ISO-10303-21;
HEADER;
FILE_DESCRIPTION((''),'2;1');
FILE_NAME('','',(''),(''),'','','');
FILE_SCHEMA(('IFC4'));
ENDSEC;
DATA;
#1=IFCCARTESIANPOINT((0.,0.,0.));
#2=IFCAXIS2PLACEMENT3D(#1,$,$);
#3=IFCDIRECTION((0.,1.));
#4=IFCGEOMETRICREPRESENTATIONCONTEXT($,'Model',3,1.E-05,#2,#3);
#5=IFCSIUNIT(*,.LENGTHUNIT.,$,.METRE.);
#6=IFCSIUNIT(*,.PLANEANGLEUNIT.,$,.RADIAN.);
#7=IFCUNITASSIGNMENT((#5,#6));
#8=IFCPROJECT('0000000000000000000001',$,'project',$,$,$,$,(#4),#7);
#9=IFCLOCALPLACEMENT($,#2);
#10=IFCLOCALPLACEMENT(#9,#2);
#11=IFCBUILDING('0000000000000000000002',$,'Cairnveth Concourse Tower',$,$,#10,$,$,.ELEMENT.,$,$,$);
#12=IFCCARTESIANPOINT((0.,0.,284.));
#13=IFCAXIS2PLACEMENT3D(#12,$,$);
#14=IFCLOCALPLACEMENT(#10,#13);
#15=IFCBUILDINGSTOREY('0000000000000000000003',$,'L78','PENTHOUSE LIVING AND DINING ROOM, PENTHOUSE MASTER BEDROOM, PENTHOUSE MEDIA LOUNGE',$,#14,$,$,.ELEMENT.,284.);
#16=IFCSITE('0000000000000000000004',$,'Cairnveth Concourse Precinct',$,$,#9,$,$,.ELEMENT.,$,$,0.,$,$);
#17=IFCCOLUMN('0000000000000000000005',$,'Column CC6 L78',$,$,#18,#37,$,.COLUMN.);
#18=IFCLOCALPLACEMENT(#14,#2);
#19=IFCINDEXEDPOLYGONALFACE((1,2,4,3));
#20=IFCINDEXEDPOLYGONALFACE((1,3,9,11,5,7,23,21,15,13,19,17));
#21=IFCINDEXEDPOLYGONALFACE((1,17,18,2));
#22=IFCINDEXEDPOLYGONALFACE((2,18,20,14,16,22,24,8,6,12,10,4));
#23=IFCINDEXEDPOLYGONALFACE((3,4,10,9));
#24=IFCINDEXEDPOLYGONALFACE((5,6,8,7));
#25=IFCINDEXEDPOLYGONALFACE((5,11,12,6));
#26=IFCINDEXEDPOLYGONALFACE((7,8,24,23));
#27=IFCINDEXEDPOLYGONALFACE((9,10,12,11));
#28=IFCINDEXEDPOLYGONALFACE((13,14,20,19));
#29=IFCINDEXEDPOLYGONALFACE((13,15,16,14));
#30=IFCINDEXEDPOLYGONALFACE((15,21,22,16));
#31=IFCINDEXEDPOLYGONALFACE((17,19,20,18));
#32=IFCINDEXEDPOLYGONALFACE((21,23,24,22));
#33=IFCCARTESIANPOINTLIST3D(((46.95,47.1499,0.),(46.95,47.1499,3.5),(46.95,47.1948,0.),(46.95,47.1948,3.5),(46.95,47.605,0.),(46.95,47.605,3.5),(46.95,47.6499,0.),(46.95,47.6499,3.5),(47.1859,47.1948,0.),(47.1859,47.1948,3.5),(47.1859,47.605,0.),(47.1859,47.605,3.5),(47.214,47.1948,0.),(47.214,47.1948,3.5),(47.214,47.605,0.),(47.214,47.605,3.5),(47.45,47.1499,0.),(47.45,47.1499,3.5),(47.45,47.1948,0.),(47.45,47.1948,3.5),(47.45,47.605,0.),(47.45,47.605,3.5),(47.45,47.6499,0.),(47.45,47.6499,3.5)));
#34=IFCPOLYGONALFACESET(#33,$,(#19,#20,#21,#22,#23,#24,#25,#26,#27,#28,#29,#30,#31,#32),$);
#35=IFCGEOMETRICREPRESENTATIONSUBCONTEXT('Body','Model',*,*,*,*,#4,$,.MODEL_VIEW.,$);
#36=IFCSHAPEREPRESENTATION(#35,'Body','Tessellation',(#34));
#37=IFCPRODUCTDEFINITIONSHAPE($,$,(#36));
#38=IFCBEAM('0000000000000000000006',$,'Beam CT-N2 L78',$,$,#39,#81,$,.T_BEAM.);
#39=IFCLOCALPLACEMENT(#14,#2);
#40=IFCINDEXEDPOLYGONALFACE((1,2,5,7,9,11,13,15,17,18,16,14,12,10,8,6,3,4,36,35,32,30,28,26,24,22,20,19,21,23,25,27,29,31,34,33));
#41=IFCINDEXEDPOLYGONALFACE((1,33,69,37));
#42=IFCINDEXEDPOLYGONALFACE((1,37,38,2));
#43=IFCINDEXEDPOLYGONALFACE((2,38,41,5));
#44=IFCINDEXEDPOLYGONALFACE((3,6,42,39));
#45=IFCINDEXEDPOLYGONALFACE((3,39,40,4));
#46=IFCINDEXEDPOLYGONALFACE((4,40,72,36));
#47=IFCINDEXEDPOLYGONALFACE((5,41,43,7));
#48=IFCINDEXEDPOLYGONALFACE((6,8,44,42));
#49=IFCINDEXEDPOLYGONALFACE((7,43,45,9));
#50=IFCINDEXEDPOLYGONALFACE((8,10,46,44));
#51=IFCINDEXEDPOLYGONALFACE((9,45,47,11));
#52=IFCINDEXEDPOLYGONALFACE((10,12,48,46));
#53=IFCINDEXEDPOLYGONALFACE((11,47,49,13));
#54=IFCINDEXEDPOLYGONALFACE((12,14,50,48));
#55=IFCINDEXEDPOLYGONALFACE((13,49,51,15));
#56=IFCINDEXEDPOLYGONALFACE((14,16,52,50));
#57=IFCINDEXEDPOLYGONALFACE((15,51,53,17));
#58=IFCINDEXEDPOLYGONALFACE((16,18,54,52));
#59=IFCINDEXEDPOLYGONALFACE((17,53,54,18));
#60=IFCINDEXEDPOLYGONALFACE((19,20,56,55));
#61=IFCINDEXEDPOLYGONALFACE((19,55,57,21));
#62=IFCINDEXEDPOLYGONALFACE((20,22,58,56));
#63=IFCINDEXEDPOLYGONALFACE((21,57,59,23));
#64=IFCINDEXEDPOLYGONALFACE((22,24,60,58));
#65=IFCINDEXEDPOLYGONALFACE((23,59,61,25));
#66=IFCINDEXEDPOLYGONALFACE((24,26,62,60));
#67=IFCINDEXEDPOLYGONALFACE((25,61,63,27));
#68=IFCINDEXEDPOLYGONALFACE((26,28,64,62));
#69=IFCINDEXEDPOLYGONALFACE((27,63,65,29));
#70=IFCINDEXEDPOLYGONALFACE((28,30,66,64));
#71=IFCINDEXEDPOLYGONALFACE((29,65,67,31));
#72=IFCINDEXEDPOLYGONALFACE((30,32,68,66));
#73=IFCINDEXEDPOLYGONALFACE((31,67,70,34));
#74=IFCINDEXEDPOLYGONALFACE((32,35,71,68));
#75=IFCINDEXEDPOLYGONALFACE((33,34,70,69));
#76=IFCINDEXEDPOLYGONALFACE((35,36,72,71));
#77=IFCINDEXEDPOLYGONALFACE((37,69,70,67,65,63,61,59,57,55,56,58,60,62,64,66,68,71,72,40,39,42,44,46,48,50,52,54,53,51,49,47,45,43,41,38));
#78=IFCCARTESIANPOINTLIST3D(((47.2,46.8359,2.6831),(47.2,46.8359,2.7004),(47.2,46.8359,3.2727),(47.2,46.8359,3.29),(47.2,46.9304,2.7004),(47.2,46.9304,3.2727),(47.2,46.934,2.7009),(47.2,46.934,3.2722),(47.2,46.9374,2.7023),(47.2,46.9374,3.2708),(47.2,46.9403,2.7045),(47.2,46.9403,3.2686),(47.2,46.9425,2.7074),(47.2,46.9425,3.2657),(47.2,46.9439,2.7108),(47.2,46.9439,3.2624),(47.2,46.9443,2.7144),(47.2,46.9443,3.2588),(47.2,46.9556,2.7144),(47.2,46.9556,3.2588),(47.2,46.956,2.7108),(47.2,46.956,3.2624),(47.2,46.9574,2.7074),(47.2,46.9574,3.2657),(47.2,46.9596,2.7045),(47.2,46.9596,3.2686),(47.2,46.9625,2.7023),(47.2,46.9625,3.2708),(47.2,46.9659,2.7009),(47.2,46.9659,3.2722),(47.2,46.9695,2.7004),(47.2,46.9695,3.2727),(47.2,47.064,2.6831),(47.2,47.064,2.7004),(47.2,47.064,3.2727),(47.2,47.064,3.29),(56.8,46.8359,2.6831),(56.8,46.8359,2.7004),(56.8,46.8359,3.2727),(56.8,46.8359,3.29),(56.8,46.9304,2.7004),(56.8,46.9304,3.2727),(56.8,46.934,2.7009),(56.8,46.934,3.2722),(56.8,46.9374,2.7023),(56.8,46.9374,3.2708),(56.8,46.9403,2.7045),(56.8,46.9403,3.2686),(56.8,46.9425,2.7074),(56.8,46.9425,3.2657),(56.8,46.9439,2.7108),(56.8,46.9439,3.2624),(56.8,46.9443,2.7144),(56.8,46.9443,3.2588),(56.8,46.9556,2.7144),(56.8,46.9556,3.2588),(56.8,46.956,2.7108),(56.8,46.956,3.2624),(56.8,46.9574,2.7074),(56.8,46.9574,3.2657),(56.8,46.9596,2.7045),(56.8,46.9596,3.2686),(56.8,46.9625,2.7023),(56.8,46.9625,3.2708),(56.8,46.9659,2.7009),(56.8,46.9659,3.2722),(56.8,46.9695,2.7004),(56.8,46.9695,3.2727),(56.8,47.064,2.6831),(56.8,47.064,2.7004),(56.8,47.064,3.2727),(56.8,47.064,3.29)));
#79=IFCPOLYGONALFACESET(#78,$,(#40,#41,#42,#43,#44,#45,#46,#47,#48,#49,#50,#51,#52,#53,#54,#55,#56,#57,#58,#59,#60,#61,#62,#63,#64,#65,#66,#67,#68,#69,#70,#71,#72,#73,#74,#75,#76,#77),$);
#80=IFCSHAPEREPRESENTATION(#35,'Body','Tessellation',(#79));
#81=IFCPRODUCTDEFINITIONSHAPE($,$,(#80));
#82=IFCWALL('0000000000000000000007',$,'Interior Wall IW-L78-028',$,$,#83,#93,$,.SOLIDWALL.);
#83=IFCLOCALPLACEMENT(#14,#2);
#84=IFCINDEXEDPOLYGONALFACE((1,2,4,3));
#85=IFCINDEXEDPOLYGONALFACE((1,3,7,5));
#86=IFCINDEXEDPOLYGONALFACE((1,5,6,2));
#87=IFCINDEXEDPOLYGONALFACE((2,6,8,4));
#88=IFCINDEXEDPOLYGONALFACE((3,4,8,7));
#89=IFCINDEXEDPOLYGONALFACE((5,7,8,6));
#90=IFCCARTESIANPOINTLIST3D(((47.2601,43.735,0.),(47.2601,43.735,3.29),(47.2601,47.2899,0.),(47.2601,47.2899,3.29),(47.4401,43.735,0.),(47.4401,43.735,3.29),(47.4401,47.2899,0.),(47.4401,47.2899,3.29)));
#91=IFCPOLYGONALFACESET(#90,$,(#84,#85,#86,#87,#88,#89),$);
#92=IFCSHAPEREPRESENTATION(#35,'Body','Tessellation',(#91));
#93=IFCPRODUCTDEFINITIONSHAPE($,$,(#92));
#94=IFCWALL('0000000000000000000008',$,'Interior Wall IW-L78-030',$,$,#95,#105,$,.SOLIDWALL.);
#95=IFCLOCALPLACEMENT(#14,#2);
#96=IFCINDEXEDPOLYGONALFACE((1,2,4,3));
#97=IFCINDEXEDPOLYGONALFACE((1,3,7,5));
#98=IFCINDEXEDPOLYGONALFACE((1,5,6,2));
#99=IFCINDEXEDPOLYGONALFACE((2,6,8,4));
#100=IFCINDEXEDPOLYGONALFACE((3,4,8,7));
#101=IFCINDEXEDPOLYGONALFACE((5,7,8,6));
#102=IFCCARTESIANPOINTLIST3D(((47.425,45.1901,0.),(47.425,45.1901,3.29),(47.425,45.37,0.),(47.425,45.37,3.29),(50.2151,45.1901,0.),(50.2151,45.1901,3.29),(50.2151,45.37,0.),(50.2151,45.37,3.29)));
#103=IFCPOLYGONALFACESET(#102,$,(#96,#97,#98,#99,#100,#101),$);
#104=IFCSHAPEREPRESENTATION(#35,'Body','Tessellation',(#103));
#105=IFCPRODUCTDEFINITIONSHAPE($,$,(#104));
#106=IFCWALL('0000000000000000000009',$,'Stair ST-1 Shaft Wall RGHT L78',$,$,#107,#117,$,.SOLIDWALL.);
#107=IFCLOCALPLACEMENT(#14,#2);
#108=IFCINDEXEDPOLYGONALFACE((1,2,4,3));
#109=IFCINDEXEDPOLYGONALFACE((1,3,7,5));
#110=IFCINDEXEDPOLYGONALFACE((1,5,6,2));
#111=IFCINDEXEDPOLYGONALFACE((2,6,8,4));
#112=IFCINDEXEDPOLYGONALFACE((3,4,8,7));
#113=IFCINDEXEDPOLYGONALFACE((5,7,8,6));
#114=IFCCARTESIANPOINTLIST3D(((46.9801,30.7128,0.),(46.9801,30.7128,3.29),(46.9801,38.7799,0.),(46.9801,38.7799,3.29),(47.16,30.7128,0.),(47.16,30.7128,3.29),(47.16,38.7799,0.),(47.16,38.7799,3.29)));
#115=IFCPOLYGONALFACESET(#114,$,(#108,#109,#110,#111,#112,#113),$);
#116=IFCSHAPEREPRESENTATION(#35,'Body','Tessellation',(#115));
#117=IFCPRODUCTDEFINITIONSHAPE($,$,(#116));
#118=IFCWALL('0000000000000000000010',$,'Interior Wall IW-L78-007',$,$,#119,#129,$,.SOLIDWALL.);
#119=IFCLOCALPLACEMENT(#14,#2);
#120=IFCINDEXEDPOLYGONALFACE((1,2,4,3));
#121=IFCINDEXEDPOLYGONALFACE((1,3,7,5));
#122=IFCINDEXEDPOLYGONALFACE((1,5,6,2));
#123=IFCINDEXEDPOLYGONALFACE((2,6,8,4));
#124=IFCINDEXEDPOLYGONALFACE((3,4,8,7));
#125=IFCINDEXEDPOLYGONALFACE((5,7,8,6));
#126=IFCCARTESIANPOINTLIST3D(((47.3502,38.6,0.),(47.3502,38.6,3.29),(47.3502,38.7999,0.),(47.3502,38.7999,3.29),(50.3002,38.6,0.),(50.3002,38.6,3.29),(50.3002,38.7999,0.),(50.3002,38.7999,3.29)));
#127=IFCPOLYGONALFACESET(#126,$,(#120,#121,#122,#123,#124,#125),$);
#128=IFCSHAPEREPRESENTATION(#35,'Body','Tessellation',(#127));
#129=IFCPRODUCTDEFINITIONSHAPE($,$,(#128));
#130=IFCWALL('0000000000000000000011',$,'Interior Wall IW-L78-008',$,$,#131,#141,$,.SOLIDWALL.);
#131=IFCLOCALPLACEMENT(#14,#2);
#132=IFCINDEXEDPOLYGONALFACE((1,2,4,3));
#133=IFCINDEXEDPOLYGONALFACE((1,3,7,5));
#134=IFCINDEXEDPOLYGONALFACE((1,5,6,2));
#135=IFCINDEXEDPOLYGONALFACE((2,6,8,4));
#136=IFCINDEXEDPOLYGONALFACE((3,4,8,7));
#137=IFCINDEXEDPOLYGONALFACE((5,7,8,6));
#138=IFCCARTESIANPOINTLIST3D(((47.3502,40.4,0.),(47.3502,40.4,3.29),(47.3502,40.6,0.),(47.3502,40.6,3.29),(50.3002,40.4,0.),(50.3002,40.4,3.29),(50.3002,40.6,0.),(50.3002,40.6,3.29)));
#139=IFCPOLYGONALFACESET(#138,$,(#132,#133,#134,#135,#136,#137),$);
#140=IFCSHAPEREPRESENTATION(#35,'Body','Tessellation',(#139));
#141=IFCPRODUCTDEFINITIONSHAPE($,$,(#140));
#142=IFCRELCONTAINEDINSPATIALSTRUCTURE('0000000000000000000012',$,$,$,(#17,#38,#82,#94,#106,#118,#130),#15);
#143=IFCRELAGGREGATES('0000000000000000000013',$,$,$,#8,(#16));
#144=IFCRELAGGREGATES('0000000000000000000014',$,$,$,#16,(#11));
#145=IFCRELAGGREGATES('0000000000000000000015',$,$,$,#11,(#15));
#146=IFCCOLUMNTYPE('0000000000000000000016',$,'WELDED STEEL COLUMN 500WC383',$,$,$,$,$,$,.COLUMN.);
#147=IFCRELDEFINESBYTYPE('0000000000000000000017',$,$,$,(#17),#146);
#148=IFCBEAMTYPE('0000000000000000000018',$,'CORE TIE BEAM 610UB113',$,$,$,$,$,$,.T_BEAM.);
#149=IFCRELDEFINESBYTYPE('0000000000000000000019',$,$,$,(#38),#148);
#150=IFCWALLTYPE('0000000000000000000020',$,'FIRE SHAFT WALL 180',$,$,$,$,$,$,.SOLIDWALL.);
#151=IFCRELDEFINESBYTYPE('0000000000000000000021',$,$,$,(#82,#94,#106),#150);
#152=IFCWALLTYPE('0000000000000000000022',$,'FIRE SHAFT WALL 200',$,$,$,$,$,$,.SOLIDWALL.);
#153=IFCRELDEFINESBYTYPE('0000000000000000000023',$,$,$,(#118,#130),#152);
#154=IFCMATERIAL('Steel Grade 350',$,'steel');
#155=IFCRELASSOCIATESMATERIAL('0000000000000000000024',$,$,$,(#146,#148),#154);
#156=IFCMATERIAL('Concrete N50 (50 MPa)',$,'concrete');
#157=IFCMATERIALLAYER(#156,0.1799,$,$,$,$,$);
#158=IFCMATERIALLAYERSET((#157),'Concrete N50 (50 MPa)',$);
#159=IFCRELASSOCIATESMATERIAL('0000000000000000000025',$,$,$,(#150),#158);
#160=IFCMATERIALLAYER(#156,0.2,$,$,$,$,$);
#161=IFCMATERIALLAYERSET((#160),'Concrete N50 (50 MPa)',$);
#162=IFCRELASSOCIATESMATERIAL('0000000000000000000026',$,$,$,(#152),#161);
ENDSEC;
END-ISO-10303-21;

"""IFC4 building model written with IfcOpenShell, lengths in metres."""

from ifc_helpers import new_model, si_unit, direction, frame, frame_2d, origin, origin_2d, place, context, subcontext, project, spatial, rectangle, i_section, extrude, material, layer, layer_set, material_profile, profile_set, type_object, element, save


model = new_model("IFC4")

# Units and contexts
model_context = context("Model", 3, precision=1e-05, world=origin(), true_north=direction((0.0, 1.0)))
body_context = subcontext(model_context, "Body", "Model", "MODEL_VIEW")
ifc_project = project(units=[si_unit("LENGTHUNIT", "METRE"), si_unit("PLANEANGLEUNIT", "RADIAN")], contexts=[model_context])

# Site, building, storey
site_placement = place(None, origin())
site = spatial("IfcSite", under=ifc_project, at=site_placement, Name="Cairnveth Concourse Precinct", CompositionType="ELEMENT", RefElevation=0.0)
building_placement = place(site_placement, origin())
building = spatial("IfcBuilding", under=site, at=building_placement, Name="Cairnveth Concourse Tower", CompositionType="ELEMENT")
storey_placement = place(building_placement, frame((0.0, 0.0, 284.0)))
storey = spatial("IfcBuildingStorey", under=building, at=storey_placement, Name="L78", Description="PENTHOUSE LIVING AND DINING ROOM, PENTHOUSE MASTER BEDROOM, PENTHOUSE MEDIA LOUNGE", CompositionType="ELEMENT", Elevation=284.0)

# Column
ifc_material_1 = material(Name="Steel Grade 350", Category="steel")
ifc_material_profile_1 = material_profile(ifc_material_1, i_section(OverallWidth=0.5, OverallDepth=0.5, WebThickness=0.0281, FlangeThickness=0.0449, at=origin_2d()), Name="500WC383")
ifc_profile_set_1 = profile_set([ifc_material_profile_1], Name="Steel Grade 350")
column_type = type_object("IfcColumnType", Name="WELDED STEEL COLUMN 500WC383", PredefinedType="COLUMN", material=ifc_profile_set_1)
column_placement = place(storey_placement, frame((47.2, 47.3999, 0.0), z_axis=(0.0, 0.0, 1.0), x_axis=(1.0, 0.0, 0.0)))
element("IfcColumn", 1, at=column_placement, inside=storey, type_object=column_type, Name="Column CC6 L78", PredefinedType="COLUMN", context=body_context, shape_type="SweptSolid", body=[
    extrude(i_section(OverallWidth=0.5, OverallDepth=0.5, WebThickness=0.0281, FlangeThickness=0.0449, at=origin_2d()), origin(), (0.0, 0.0, 1.0), 3.5),
])

# Beam
ifc_material_profile_2 = material_profile(ifc_material_1, i_section(OverallWidth=0.228, OverallDepth=0.6069, WebThickness=0.0112, FlangeThickness=0.0173, FilletRadius=0.0139, at=origin_2d()), Name="610UB113")
ifc_profile_set_2 = profile_set([ifc_material_profile_2], Name="Steel Grade 350")
beam_type = type_object("IfcBeamType", Name="CORE TIE BEAM 610UB113", PredefinedType="T_BEAM", material=ifc_profile_set_2)
beam_placement = place(storey_placement, frame((47.2, 46.95, 2.9866), z_axis=(1.0, 0.0, 0.0), x_axis=(0.0, 1.0, 0.0)))
element("IfcBeam", 2, at=beam_placement, inside=storey, type_object=beam_type, Name="Beam CT-N2 L78", PredefinedType="T_BEAM", context=body_context, shape_type="SweptSolid", body=[
    extrude(i_section(OverallWidth=0.228, OverallDepth=0.6069, WebThickness=0.0112, FlangeThickness=0.0173, FilletRadius=0.0139, at=origin_2d()), origin(), (0.0, 0.0, 1.0), 9.6001),
])

# Walls
ifc_material_2 = material(Name="Concrete N50 (50 MPa)", Category="concrete")
ifc_layer_1 = layer(ifc_material_2, 0.1799)
ifc_layer_set_1 = layer_set([ifc_layer_1], Name="Concrete N50 (50 MPa)")
wall_type_1 = type_object("IfcWallType", Name="FIRE SHAFT WALL 180", PredefinedType="SOLIDWALL", material=ifc_layer_set_1)
wall_1_placement = place(storey_placement, frame((47.3501, 43.7351, 0.0), z_axis=(0.0, 0.0, 1.0), x_axis=(0.0, 1.0, 0.0)))
element("IfcWall", 3, at=wall_1_placement, inside=storey, type_object=wall_type_1, Name="Interior Wall IW-L78-028", PredefinedType="SOLIDWALL", context=body_context, shape_type="SweptSolid", body=[
    extrude(rectangle(XDim=3.5549, YDim=0.1799, at=frame_2d((1.7773, 0.0))), origin(), (0.0, 0.0, 1.0), 3.29),
])
wall_2_placement = place(storey_placement, frame((47.425, 45.28, 0.0), z_axis=(0.0, 0.0, 1.0), x_axis=(1.0, 0.0, 0.0)))
element("IfcWall", 4, at=wall_2_placement, inside=storey, type_object=wall_type_1, Name="Interior Wall IW-L78-030", PredefinedType="SOLIDWALL", context=body_context, shape_type="SweptSolid", body=[
    extrude(rectangle(XDim=2.79, YDim=0.1799, at=frame_2d((1.395, 0.0))), origin(), (0.0, 0.0, 1.0), 3.29),
])

# Walls
wall_3_placement = place(storey_placement, frame((47.0701, 38.78, 0.0), z_axis=(0.0, 0.0, 1.0), x_axis=(0.0, -1.0, 0.0)))
element("IfcWall", 5, at=wall_3_placement, inside=storey, type_object=wall_type_1, Name="Stair ST-1 Shaft Wall RGHT L78", PredefinedType="SOLIDWALL", context=body_context, shape_type="SweptSolid", body=[
    extrude(rectangle(XDim=8.0671, YDim=0.1799, at=frame_2d((4.0337, 0.0))), origin(), (0.0, 0.0, 1.0), 3.29),
])
ifc_layer_2 = layer(ifc_material_2, 0.2)
ifc_layer_set_2 = layer_set([ifc_layer_2], Name="Concrete N50 (50 MPa)")
wall_type_2 = type_object("IfcWallType", Name="FIRE SHAFT WALL 200", PredefinedType="SOLIDWALL", material=ifc_layer_set_2)
for number, where, z_axis, x_axis, name in (
    (6, (47.3501, 38.7, 0.0), (0.0, 0.0, 1.0), (1.0, 0.0, 0.0), "Interior Wall IW-L78-007"),
    (7, (47.3501, 40.5, 0.0), (0.0, 0.0, 1.0), (1.0, 0.0, 0.0), "Interior Wall IW-L78-008"),
):
    element("IfcWall", number, at=place(storey_placement, frame(where, z_axis=z_axis, x_axis=x_axis)), inside=storey, type_object=wall_type_2, Name=name, PredefinedType="SOLIDWALL", context=body_context, shape_type="SweptSolid", body=[
        extrude(rectangle(XDim=2.95, YDim=0.2, at=frame_2d((1.4751, 0.0))), origin(), (0.0, 0.0, 1.0), 3.29),
    ])

save(model, "model.ifc")
